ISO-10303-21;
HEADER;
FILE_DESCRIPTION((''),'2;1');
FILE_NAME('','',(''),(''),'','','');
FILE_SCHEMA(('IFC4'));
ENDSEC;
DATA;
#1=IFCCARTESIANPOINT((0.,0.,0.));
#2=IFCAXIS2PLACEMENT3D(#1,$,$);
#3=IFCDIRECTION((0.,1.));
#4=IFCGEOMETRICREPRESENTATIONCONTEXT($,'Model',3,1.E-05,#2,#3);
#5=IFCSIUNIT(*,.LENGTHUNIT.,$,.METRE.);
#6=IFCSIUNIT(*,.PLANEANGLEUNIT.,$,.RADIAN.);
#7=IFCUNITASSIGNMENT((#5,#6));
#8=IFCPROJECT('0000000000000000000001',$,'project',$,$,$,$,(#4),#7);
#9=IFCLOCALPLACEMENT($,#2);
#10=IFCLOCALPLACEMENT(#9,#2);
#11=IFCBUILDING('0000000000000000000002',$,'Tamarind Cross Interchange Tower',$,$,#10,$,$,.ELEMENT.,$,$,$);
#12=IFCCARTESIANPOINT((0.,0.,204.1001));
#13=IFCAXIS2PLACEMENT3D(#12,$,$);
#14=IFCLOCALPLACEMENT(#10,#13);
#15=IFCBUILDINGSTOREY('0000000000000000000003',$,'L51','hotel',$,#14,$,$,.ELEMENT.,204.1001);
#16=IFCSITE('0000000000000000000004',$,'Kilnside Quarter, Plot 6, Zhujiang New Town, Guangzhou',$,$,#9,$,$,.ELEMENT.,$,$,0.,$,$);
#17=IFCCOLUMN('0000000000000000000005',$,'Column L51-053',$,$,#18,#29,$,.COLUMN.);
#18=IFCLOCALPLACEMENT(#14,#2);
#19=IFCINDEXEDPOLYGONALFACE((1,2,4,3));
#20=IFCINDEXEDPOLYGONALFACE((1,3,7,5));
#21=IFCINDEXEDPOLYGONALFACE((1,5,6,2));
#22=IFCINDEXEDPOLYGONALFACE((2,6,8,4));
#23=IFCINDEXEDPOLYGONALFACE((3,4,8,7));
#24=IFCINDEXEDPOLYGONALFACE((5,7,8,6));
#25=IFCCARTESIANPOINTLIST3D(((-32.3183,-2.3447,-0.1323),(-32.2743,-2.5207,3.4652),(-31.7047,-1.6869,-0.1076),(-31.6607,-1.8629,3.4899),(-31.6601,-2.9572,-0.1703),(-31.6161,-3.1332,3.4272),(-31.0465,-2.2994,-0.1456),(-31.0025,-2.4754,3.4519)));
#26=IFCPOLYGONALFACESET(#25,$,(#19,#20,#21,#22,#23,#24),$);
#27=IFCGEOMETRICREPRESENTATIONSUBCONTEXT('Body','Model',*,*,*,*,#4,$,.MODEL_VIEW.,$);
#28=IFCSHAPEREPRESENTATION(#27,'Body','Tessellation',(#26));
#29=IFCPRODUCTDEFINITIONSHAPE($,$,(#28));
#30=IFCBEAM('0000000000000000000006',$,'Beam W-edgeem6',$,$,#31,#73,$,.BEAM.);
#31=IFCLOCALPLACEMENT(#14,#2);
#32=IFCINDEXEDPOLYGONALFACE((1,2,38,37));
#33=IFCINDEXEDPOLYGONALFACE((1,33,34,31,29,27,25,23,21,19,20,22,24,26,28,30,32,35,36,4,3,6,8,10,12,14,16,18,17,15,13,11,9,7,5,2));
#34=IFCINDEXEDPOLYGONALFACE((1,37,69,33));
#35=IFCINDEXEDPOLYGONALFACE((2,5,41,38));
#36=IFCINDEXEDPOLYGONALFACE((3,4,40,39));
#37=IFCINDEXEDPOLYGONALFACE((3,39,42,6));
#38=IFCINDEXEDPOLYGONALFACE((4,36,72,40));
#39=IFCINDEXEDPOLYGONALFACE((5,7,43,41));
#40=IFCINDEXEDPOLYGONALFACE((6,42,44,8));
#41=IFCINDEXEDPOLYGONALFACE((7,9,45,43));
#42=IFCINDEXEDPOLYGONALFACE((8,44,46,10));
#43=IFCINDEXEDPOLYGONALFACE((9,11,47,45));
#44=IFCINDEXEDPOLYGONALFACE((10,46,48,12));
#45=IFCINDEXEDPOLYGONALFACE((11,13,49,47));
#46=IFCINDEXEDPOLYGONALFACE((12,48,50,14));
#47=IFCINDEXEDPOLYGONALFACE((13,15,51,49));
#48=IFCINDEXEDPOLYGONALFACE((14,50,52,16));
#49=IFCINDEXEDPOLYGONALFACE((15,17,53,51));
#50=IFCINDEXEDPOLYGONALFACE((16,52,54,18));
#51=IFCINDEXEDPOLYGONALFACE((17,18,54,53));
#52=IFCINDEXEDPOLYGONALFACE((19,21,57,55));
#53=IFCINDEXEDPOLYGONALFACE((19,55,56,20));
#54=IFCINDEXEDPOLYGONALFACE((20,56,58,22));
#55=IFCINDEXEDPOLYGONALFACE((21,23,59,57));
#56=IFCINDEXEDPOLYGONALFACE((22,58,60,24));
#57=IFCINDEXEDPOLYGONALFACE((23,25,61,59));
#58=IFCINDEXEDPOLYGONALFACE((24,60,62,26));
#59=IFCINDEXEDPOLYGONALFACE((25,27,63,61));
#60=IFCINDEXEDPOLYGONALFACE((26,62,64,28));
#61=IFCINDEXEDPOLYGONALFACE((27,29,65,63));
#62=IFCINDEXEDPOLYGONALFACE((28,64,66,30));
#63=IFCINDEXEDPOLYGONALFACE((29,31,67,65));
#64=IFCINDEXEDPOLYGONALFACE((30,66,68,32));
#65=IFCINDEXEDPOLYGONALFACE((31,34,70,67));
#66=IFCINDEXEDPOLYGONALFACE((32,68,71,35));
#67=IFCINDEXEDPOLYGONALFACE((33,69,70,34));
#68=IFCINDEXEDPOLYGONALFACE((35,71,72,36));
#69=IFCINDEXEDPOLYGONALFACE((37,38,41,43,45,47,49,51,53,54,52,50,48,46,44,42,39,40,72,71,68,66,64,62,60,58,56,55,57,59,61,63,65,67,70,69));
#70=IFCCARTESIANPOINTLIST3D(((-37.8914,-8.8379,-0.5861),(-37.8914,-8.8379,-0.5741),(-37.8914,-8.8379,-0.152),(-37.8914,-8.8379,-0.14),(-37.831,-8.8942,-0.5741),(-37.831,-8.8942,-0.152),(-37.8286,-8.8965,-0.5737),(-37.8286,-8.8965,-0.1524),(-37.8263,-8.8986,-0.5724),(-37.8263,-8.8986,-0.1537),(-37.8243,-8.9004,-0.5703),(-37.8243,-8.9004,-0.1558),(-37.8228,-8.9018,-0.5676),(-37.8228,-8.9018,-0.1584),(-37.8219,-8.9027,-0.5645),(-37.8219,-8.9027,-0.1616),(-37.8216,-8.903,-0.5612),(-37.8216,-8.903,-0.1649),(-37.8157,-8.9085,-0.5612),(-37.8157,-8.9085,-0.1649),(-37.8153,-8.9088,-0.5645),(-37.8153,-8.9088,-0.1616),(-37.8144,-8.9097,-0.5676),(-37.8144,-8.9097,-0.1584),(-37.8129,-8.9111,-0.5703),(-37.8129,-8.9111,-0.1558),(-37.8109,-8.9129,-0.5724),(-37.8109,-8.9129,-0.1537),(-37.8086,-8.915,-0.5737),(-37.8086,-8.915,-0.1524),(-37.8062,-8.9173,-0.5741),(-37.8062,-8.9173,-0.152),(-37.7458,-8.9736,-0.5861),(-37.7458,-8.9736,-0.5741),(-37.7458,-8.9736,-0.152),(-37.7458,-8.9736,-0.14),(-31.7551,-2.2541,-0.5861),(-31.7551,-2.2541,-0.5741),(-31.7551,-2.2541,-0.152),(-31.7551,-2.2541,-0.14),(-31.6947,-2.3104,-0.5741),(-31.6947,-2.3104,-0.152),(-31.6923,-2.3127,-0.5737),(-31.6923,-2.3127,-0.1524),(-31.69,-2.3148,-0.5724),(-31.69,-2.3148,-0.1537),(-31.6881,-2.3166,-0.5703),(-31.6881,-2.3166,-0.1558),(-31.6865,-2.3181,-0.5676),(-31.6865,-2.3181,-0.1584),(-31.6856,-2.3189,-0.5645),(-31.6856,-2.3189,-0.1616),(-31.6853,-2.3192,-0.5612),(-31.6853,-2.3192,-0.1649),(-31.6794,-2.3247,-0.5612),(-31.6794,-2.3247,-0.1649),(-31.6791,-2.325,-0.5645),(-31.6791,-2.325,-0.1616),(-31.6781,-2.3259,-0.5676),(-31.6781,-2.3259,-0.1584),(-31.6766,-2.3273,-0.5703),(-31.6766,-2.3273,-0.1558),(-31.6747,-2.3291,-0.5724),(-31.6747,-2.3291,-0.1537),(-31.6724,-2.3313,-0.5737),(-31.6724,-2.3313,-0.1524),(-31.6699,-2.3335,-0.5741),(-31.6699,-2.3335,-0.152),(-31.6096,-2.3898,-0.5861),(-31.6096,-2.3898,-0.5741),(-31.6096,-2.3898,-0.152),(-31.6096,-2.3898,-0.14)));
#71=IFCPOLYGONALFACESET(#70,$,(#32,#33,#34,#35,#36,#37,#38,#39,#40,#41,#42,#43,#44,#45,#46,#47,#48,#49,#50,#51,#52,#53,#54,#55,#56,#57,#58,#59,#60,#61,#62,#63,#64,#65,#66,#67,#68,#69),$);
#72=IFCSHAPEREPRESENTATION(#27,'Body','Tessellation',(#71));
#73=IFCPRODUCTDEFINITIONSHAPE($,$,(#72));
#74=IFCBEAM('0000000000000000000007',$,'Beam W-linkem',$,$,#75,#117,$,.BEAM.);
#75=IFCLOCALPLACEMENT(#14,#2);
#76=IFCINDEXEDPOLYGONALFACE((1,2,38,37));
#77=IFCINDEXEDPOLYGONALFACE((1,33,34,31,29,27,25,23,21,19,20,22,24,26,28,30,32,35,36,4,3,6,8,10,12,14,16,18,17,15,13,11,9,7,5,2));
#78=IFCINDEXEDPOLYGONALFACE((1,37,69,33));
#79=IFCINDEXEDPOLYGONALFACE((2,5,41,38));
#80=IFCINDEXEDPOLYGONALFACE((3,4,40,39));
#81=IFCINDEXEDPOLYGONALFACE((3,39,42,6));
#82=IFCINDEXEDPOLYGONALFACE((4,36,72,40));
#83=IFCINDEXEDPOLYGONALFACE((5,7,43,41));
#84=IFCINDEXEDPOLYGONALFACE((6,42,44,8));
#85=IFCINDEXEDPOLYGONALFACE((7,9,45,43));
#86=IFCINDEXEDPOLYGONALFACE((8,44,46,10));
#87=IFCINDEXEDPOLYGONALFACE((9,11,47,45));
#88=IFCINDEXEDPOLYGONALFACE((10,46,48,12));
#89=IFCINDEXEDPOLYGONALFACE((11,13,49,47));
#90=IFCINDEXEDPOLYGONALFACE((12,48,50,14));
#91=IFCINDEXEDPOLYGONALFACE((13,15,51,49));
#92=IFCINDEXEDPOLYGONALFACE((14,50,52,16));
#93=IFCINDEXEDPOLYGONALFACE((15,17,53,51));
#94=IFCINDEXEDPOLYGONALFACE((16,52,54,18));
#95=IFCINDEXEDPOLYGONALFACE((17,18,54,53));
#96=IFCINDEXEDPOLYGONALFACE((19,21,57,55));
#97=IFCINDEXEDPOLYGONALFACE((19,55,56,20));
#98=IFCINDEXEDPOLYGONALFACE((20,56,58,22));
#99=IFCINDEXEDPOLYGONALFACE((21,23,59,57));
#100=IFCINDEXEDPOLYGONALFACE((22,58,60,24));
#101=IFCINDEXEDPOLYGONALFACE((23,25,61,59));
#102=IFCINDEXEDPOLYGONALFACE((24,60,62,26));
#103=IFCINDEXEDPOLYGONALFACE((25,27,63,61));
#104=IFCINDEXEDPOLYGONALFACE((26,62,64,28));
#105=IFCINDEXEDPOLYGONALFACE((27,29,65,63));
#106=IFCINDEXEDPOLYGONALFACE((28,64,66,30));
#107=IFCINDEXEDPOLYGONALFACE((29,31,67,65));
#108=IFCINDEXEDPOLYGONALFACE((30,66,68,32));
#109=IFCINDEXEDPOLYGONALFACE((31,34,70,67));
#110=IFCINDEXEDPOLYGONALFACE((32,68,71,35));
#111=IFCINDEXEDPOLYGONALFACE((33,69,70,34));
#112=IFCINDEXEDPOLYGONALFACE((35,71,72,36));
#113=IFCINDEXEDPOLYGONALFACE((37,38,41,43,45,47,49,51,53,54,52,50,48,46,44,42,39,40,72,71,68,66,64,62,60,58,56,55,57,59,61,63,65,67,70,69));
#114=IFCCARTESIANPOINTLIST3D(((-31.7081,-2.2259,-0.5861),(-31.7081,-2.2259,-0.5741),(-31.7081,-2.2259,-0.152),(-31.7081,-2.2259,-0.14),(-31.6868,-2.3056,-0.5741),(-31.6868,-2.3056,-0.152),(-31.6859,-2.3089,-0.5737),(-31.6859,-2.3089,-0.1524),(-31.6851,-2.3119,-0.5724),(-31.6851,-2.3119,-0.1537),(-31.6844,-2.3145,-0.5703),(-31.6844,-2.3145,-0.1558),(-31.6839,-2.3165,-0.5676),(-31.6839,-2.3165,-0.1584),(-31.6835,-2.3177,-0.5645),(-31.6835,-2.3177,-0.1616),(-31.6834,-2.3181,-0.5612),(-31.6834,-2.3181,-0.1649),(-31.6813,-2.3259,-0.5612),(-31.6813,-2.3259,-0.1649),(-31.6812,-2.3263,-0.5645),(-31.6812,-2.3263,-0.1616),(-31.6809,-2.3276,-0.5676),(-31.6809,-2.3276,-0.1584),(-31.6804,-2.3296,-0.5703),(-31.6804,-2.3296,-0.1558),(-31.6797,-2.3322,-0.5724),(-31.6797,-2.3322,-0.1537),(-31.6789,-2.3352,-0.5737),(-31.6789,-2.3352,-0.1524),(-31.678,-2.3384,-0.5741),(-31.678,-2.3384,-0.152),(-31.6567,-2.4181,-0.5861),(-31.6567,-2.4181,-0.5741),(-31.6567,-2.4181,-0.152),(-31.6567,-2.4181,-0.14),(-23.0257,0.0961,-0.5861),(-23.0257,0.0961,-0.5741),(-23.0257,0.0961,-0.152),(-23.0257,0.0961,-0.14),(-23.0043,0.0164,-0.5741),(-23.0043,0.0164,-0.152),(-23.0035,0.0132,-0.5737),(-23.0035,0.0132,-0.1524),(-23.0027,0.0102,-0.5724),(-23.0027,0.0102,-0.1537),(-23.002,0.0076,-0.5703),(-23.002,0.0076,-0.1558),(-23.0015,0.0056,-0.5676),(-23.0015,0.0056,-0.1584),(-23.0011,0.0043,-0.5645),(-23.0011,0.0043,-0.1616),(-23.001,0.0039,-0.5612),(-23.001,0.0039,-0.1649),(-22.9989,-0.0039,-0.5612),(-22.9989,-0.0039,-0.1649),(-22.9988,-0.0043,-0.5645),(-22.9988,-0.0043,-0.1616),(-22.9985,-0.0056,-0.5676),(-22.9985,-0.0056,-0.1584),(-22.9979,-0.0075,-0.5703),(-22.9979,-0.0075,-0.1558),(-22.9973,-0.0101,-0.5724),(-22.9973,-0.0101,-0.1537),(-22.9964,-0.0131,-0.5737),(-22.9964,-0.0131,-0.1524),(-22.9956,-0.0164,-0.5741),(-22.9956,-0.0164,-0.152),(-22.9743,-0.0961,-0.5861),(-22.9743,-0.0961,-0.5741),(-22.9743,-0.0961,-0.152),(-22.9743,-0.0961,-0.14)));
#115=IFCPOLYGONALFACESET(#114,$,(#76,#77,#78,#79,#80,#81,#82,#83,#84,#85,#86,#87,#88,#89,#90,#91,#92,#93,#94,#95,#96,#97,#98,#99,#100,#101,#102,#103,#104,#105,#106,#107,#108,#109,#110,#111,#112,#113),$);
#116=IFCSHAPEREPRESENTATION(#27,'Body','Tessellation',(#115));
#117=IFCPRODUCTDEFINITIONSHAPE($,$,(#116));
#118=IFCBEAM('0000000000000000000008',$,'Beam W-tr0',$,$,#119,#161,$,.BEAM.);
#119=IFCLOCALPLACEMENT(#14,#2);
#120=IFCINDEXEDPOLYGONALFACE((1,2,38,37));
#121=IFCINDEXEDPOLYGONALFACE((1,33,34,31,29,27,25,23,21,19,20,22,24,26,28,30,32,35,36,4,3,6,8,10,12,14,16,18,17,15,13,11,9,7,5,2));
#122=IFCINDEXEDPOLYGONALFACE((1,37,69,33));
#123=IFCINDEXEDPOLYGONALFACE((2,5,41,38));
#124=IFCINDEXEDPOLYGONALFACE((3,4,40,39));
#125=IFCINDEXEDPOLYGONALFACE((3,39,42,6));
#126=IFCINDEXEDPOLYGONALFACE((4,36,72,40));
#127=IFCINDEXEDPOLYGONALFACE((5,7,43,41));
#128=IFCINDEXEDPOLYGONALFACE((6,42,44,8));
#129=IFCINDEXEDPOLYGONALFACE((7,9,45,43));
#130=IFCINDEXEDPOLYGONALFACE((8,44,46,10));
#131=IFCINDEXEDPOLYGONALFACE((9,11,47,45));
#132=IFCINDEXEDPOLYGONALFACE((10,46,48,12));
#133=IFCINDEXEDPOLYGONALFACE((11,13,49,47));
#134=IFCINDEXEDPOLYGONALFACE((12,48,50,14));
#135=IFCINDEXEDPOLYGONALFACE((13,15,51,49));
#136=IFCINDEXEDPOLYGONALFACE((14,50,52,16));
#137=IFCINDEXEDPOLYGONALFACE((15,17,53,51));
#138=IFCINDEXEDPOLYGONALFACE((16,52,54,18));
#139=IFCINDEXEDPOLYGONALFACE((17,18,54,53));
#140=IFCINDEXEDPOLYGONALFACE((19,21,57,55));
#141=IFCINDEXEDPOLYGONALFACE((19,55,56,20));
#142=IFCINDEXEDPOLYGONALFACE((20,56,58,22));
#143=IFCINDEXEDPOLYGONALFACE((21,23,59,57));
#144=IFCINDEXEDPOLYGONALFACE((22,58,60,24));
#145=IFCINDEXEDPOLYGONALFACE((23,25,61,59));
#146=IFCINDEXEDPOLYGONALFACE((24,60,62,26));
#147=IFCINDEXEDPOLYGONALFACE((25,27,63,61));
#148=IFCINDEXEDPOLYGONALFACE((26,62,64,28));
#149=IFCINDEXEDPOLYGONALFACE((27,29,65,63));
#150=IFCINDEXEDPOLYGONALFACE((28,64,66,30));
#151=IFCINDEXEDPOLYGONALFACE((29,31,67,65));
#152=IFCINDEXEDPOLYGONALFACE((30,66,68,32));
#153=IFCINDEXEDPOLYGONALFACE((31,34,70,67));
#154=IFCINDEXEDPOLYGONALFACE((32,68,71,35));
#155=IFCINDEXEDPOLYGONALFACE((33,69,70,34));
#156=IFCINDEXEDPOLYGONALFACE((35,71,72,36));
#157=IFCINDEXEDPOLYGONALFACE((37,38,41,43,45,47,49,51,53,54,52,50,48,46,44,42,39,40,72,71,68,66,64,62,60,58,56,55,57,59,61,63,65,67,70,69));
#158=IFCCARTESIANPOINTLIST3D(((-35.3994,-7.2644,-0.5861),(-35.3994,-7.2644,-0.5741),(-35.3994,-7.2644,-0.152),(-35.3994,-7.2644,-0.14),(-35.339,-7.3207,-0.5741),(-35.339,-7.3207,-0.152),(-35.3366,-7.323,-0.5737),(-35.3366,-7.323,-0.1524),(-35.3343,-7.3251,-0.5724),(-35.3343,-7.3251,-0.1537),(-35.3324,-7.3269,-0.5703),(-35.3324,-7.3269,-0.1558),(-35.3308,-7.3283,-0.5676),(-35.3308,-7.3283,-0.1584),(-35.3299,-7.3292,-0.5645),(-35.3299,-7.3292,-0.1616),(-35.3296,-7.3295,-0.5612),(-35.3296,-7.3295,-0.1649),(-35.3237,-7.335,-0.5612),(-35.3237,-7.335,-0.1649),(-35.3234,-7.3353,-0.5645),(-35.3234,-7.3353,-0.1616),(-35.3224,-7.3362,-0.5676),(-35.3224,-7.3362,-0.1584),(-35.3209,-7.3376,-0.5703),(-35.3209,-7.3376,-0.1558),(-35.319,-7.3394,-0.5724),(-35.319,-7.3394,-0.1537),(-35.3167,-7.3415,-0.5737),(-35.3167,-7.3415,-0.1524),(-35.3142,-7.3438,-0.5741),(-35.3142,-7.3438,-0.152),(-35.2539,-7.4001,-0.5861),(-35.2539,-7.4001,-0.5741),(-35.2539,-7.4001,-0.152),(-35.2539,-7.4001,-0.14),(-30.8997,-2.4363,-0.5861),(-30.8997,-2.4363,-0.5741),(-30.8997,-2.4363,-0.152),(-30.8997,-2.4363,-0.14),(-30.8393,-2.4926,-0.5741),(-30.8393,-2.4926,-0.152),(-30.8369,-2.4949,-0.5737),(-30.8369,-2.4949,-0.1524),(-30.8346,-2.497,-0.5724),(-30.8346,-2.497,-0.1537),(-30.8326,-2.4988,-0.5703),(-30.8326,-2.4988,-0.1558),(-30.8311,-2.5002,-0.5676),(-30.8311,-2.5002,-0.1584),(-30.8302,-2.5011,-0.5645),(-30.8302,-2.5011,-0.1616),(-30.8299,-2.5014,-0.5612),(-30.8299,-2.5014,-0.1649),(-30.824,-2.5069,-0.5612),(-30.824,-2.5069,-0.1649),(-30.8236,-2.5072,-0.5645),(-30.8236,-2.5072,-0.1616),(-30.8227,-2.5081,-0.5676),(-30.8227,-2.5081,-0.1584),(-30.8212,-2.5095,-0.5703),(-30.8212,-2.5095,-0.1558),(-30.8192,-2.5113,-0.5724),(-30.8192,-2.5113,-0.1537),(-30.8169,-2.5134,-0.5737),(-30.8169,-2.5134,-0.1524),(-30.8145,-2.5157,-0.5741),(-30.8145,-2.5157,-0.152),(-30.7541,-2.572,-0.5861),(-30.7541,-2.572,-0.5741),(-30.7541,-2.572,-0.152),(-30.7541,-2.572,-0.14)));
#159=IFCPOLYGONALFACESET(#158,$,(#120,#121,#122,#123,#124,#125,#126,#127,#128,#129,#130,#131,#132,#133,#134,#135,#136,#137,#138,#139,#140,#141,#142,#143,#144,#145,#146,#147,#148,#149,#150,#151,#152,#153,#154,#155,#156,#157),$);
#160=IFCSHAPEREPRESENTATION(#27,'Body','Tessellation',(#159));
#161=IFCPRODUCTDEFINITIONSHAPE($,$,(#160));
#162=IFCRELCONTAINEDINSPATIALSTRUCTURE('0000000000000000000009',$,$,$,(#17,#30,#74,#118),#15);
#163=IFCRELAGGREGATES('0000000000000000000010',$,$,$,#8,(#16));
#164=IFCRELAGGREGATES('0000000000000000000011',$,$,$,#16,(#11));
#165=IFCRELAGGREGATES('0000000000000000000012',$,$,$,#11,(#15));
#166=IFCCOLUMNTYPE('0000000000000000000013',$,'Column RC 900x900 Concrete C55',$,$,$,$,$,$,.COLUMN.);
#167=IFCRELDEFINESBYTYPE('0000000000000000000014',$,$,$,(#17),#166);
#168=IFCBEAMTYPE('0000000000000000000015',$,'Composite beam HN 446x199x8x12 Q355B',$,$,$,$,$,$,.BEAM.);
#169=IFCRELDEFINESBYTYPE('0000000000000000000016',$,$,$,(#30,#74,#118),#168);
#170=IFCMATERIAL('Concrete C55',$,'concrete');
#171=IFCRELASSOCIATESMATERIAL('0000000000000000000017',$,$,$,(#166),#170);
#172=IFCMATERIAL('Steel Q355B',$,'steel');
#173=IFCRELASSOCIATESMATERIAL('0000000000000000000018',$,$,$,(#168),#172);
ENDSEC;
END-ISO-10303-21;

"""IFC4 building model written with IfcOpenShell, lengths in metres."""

from ifc_helpers import new_model, si_unit, direction, frame, origin, origin_2d, place, context, subcontext, project, spatial, rectangle, i_section, extrude, material, material_profile, profile_set, type_object, element, save


model = new_model("IFC4")

# Units and contexts
model_context = context("Model", 3, precision=1e-05, world=origin(), true_north=direction((0.0, 1.0)))
body_context = subcontext(model_context, "Body", "Model", "MODEL_VIEW")
ifc_project = project(units=[si_unit("LENGTHUNIT", "METRE"), si_unit("PLANEANGLEUNIT", "RADIAN")], contexts=[model_context])

# Site, building, storey
site_placement = place(None, origin())
site = spatial("IfcSite", under=ifc_project, at=site_placement, Name="Kilnside Quarter, Plot 6, Zhujiang New Town, Guangzhou", CompositionType="ELEMENT", RefElevation=0.0)
building_placement = place(site_placement, origin())
building = spatial("IfcBuilding", under=site, at=building_placement, Name="Tamarind Cross Interchange Tower", CompositionType="ELEMENT")
storey_placement = place(building_placement, frame((0.0, 0.0, 204.1001)))
storey = spatial("IfcBuildingStorey", under=building, at=storey_placement, Name="L51", Description="hotel", CompositionType="ELEMENT", Elevation=204.1001)

# Column
ifc_material_1 = material(Name="Concrete C55", Category="concrete")
ifc_material_profile_1 = material_profile(ifc_material_1, rectangle(XDim=0.8999, YDim=0.8999, at=origin_2d()), Name="RC 900x900")
ifc_profile_set_1 = profile_set([ifc_material_profile_1], Name="Concrete C55")
column_type = type_object("IfcColumnType", Name="Column RC 900x900 Concrete C55", PredefinedType="COLUMN", material=ifc_profile_set_1)
column_placement = place(storey_placement, frame((-31.6824, -2.322, -0.1389), z_axis=(0.0122, -0.048869, 0.998731), x_axis=(0.681839, 0.730988, 0.027439)))
element("IfcColumn", 1, at=column_placement, inside=storey, type_object=column_type, Name="Column L51-053", PredefinedType="COLUMN", context=body_context, shape_type="SweptSolid", body=[
    extrude(rectangle(XDim=0.8999, YDim=0.8999, at=origin_2d()), origin(), (0.0, 0.0, 1.0), 3.6021),
])

# Beams
ifc_material_2 = material(Name="Steel Q355B", Category="steel")
ifc_material_profile_2 = material_profile(ifc_material_2, i_section(OverallWidth=0.199, OverallDepth=0.446, WebThickness=0.0081, FlangeThickness=0.012, FilletRadius=0.0129, at=origin_2d()), Name="HN 446x199x8x12")
ifc_profile_set_2 = profile_set([ifc_material_profile_2], Name="Steel Q355B")
beam_type_1 = type_object("IfcBeamType", Name="Composite beam HN 446x199x8x12 Q355B", PredefinedType="BEAM", material=ifc_profile_set_2)
beam_1_placement = place(storey_placement, frame((-37.8186, -8.9058, -0.363), z_axis=(0.681808, 0.731531, 0.0), x_axis=(-0.731531, 0.681808, 0.0)))
element("IfcBeam", 2, at=beam_1_placement, inside=storey, type_object=beam_type_1, Name="Beam W-edgeem6", PredefinedType="BEAM", context=body_context, shape_type="SweptSolid", body=[
    extrude(i_section(OverallWidth=0.199, OverallDepth=0.446, WebThickness=0.0081, FlangeThickness=0.012, FilletRadius=0.0129, at=origin_2d()), origin(), (0.0, 0.0, 1.0), 9.0),
])
beam_2_placement = place(storey_placement, frame((-31.6824, -2.322, -0.363), z_axis=(0.966048, 0.258361, 0.0), x_axis=(-0.258361, 0.966048, 0.0)))
element("IfcBeam", 3, at=beam_2_placement, inside=storey, type_object=beam_type_1, Name="Beam W-linkem", PredefinedType="BEAM", context=body_context, shape_type="SweptSolid", body=[
    extrude(i_section(OverallWidth=0.199, OverallDepth=0.446, WebThickness=0.0081, FlangeThickness=0.012, FilletRadius=0.0129, at=origin_2d()), origin(), (0.0, 0.0, 1.0), 8.9875),
])
for number, where, z_axis, x_axis, name in (
    (4, (-30.8269, -2.5042, -0.363), (-0.681792, -0.731546, 0.0), (0.731546, -0.681792, 0.0), "Beam W-tr0"),
):
    element("IfcBeam", number, at=place(storey_placement, frame(where, z_axis=z_axis, x_axis=x_axis)), inside=storey, type_object=beam_type_1, Name=name, PredefinedType="BEAM", context=body_context, shape_type="SweptSolid", body=[
        extrude(i_section(OverallWidth=0.199, OverallDepth=0.446, WebThickness=0.0081, FlangeThickness=0.012, FilletRadius=0.0129, at=origin_2d()), origin(), (0.0, 0.0, 1.0), 6.5999),
    ])

save(model, "model.ifc")
